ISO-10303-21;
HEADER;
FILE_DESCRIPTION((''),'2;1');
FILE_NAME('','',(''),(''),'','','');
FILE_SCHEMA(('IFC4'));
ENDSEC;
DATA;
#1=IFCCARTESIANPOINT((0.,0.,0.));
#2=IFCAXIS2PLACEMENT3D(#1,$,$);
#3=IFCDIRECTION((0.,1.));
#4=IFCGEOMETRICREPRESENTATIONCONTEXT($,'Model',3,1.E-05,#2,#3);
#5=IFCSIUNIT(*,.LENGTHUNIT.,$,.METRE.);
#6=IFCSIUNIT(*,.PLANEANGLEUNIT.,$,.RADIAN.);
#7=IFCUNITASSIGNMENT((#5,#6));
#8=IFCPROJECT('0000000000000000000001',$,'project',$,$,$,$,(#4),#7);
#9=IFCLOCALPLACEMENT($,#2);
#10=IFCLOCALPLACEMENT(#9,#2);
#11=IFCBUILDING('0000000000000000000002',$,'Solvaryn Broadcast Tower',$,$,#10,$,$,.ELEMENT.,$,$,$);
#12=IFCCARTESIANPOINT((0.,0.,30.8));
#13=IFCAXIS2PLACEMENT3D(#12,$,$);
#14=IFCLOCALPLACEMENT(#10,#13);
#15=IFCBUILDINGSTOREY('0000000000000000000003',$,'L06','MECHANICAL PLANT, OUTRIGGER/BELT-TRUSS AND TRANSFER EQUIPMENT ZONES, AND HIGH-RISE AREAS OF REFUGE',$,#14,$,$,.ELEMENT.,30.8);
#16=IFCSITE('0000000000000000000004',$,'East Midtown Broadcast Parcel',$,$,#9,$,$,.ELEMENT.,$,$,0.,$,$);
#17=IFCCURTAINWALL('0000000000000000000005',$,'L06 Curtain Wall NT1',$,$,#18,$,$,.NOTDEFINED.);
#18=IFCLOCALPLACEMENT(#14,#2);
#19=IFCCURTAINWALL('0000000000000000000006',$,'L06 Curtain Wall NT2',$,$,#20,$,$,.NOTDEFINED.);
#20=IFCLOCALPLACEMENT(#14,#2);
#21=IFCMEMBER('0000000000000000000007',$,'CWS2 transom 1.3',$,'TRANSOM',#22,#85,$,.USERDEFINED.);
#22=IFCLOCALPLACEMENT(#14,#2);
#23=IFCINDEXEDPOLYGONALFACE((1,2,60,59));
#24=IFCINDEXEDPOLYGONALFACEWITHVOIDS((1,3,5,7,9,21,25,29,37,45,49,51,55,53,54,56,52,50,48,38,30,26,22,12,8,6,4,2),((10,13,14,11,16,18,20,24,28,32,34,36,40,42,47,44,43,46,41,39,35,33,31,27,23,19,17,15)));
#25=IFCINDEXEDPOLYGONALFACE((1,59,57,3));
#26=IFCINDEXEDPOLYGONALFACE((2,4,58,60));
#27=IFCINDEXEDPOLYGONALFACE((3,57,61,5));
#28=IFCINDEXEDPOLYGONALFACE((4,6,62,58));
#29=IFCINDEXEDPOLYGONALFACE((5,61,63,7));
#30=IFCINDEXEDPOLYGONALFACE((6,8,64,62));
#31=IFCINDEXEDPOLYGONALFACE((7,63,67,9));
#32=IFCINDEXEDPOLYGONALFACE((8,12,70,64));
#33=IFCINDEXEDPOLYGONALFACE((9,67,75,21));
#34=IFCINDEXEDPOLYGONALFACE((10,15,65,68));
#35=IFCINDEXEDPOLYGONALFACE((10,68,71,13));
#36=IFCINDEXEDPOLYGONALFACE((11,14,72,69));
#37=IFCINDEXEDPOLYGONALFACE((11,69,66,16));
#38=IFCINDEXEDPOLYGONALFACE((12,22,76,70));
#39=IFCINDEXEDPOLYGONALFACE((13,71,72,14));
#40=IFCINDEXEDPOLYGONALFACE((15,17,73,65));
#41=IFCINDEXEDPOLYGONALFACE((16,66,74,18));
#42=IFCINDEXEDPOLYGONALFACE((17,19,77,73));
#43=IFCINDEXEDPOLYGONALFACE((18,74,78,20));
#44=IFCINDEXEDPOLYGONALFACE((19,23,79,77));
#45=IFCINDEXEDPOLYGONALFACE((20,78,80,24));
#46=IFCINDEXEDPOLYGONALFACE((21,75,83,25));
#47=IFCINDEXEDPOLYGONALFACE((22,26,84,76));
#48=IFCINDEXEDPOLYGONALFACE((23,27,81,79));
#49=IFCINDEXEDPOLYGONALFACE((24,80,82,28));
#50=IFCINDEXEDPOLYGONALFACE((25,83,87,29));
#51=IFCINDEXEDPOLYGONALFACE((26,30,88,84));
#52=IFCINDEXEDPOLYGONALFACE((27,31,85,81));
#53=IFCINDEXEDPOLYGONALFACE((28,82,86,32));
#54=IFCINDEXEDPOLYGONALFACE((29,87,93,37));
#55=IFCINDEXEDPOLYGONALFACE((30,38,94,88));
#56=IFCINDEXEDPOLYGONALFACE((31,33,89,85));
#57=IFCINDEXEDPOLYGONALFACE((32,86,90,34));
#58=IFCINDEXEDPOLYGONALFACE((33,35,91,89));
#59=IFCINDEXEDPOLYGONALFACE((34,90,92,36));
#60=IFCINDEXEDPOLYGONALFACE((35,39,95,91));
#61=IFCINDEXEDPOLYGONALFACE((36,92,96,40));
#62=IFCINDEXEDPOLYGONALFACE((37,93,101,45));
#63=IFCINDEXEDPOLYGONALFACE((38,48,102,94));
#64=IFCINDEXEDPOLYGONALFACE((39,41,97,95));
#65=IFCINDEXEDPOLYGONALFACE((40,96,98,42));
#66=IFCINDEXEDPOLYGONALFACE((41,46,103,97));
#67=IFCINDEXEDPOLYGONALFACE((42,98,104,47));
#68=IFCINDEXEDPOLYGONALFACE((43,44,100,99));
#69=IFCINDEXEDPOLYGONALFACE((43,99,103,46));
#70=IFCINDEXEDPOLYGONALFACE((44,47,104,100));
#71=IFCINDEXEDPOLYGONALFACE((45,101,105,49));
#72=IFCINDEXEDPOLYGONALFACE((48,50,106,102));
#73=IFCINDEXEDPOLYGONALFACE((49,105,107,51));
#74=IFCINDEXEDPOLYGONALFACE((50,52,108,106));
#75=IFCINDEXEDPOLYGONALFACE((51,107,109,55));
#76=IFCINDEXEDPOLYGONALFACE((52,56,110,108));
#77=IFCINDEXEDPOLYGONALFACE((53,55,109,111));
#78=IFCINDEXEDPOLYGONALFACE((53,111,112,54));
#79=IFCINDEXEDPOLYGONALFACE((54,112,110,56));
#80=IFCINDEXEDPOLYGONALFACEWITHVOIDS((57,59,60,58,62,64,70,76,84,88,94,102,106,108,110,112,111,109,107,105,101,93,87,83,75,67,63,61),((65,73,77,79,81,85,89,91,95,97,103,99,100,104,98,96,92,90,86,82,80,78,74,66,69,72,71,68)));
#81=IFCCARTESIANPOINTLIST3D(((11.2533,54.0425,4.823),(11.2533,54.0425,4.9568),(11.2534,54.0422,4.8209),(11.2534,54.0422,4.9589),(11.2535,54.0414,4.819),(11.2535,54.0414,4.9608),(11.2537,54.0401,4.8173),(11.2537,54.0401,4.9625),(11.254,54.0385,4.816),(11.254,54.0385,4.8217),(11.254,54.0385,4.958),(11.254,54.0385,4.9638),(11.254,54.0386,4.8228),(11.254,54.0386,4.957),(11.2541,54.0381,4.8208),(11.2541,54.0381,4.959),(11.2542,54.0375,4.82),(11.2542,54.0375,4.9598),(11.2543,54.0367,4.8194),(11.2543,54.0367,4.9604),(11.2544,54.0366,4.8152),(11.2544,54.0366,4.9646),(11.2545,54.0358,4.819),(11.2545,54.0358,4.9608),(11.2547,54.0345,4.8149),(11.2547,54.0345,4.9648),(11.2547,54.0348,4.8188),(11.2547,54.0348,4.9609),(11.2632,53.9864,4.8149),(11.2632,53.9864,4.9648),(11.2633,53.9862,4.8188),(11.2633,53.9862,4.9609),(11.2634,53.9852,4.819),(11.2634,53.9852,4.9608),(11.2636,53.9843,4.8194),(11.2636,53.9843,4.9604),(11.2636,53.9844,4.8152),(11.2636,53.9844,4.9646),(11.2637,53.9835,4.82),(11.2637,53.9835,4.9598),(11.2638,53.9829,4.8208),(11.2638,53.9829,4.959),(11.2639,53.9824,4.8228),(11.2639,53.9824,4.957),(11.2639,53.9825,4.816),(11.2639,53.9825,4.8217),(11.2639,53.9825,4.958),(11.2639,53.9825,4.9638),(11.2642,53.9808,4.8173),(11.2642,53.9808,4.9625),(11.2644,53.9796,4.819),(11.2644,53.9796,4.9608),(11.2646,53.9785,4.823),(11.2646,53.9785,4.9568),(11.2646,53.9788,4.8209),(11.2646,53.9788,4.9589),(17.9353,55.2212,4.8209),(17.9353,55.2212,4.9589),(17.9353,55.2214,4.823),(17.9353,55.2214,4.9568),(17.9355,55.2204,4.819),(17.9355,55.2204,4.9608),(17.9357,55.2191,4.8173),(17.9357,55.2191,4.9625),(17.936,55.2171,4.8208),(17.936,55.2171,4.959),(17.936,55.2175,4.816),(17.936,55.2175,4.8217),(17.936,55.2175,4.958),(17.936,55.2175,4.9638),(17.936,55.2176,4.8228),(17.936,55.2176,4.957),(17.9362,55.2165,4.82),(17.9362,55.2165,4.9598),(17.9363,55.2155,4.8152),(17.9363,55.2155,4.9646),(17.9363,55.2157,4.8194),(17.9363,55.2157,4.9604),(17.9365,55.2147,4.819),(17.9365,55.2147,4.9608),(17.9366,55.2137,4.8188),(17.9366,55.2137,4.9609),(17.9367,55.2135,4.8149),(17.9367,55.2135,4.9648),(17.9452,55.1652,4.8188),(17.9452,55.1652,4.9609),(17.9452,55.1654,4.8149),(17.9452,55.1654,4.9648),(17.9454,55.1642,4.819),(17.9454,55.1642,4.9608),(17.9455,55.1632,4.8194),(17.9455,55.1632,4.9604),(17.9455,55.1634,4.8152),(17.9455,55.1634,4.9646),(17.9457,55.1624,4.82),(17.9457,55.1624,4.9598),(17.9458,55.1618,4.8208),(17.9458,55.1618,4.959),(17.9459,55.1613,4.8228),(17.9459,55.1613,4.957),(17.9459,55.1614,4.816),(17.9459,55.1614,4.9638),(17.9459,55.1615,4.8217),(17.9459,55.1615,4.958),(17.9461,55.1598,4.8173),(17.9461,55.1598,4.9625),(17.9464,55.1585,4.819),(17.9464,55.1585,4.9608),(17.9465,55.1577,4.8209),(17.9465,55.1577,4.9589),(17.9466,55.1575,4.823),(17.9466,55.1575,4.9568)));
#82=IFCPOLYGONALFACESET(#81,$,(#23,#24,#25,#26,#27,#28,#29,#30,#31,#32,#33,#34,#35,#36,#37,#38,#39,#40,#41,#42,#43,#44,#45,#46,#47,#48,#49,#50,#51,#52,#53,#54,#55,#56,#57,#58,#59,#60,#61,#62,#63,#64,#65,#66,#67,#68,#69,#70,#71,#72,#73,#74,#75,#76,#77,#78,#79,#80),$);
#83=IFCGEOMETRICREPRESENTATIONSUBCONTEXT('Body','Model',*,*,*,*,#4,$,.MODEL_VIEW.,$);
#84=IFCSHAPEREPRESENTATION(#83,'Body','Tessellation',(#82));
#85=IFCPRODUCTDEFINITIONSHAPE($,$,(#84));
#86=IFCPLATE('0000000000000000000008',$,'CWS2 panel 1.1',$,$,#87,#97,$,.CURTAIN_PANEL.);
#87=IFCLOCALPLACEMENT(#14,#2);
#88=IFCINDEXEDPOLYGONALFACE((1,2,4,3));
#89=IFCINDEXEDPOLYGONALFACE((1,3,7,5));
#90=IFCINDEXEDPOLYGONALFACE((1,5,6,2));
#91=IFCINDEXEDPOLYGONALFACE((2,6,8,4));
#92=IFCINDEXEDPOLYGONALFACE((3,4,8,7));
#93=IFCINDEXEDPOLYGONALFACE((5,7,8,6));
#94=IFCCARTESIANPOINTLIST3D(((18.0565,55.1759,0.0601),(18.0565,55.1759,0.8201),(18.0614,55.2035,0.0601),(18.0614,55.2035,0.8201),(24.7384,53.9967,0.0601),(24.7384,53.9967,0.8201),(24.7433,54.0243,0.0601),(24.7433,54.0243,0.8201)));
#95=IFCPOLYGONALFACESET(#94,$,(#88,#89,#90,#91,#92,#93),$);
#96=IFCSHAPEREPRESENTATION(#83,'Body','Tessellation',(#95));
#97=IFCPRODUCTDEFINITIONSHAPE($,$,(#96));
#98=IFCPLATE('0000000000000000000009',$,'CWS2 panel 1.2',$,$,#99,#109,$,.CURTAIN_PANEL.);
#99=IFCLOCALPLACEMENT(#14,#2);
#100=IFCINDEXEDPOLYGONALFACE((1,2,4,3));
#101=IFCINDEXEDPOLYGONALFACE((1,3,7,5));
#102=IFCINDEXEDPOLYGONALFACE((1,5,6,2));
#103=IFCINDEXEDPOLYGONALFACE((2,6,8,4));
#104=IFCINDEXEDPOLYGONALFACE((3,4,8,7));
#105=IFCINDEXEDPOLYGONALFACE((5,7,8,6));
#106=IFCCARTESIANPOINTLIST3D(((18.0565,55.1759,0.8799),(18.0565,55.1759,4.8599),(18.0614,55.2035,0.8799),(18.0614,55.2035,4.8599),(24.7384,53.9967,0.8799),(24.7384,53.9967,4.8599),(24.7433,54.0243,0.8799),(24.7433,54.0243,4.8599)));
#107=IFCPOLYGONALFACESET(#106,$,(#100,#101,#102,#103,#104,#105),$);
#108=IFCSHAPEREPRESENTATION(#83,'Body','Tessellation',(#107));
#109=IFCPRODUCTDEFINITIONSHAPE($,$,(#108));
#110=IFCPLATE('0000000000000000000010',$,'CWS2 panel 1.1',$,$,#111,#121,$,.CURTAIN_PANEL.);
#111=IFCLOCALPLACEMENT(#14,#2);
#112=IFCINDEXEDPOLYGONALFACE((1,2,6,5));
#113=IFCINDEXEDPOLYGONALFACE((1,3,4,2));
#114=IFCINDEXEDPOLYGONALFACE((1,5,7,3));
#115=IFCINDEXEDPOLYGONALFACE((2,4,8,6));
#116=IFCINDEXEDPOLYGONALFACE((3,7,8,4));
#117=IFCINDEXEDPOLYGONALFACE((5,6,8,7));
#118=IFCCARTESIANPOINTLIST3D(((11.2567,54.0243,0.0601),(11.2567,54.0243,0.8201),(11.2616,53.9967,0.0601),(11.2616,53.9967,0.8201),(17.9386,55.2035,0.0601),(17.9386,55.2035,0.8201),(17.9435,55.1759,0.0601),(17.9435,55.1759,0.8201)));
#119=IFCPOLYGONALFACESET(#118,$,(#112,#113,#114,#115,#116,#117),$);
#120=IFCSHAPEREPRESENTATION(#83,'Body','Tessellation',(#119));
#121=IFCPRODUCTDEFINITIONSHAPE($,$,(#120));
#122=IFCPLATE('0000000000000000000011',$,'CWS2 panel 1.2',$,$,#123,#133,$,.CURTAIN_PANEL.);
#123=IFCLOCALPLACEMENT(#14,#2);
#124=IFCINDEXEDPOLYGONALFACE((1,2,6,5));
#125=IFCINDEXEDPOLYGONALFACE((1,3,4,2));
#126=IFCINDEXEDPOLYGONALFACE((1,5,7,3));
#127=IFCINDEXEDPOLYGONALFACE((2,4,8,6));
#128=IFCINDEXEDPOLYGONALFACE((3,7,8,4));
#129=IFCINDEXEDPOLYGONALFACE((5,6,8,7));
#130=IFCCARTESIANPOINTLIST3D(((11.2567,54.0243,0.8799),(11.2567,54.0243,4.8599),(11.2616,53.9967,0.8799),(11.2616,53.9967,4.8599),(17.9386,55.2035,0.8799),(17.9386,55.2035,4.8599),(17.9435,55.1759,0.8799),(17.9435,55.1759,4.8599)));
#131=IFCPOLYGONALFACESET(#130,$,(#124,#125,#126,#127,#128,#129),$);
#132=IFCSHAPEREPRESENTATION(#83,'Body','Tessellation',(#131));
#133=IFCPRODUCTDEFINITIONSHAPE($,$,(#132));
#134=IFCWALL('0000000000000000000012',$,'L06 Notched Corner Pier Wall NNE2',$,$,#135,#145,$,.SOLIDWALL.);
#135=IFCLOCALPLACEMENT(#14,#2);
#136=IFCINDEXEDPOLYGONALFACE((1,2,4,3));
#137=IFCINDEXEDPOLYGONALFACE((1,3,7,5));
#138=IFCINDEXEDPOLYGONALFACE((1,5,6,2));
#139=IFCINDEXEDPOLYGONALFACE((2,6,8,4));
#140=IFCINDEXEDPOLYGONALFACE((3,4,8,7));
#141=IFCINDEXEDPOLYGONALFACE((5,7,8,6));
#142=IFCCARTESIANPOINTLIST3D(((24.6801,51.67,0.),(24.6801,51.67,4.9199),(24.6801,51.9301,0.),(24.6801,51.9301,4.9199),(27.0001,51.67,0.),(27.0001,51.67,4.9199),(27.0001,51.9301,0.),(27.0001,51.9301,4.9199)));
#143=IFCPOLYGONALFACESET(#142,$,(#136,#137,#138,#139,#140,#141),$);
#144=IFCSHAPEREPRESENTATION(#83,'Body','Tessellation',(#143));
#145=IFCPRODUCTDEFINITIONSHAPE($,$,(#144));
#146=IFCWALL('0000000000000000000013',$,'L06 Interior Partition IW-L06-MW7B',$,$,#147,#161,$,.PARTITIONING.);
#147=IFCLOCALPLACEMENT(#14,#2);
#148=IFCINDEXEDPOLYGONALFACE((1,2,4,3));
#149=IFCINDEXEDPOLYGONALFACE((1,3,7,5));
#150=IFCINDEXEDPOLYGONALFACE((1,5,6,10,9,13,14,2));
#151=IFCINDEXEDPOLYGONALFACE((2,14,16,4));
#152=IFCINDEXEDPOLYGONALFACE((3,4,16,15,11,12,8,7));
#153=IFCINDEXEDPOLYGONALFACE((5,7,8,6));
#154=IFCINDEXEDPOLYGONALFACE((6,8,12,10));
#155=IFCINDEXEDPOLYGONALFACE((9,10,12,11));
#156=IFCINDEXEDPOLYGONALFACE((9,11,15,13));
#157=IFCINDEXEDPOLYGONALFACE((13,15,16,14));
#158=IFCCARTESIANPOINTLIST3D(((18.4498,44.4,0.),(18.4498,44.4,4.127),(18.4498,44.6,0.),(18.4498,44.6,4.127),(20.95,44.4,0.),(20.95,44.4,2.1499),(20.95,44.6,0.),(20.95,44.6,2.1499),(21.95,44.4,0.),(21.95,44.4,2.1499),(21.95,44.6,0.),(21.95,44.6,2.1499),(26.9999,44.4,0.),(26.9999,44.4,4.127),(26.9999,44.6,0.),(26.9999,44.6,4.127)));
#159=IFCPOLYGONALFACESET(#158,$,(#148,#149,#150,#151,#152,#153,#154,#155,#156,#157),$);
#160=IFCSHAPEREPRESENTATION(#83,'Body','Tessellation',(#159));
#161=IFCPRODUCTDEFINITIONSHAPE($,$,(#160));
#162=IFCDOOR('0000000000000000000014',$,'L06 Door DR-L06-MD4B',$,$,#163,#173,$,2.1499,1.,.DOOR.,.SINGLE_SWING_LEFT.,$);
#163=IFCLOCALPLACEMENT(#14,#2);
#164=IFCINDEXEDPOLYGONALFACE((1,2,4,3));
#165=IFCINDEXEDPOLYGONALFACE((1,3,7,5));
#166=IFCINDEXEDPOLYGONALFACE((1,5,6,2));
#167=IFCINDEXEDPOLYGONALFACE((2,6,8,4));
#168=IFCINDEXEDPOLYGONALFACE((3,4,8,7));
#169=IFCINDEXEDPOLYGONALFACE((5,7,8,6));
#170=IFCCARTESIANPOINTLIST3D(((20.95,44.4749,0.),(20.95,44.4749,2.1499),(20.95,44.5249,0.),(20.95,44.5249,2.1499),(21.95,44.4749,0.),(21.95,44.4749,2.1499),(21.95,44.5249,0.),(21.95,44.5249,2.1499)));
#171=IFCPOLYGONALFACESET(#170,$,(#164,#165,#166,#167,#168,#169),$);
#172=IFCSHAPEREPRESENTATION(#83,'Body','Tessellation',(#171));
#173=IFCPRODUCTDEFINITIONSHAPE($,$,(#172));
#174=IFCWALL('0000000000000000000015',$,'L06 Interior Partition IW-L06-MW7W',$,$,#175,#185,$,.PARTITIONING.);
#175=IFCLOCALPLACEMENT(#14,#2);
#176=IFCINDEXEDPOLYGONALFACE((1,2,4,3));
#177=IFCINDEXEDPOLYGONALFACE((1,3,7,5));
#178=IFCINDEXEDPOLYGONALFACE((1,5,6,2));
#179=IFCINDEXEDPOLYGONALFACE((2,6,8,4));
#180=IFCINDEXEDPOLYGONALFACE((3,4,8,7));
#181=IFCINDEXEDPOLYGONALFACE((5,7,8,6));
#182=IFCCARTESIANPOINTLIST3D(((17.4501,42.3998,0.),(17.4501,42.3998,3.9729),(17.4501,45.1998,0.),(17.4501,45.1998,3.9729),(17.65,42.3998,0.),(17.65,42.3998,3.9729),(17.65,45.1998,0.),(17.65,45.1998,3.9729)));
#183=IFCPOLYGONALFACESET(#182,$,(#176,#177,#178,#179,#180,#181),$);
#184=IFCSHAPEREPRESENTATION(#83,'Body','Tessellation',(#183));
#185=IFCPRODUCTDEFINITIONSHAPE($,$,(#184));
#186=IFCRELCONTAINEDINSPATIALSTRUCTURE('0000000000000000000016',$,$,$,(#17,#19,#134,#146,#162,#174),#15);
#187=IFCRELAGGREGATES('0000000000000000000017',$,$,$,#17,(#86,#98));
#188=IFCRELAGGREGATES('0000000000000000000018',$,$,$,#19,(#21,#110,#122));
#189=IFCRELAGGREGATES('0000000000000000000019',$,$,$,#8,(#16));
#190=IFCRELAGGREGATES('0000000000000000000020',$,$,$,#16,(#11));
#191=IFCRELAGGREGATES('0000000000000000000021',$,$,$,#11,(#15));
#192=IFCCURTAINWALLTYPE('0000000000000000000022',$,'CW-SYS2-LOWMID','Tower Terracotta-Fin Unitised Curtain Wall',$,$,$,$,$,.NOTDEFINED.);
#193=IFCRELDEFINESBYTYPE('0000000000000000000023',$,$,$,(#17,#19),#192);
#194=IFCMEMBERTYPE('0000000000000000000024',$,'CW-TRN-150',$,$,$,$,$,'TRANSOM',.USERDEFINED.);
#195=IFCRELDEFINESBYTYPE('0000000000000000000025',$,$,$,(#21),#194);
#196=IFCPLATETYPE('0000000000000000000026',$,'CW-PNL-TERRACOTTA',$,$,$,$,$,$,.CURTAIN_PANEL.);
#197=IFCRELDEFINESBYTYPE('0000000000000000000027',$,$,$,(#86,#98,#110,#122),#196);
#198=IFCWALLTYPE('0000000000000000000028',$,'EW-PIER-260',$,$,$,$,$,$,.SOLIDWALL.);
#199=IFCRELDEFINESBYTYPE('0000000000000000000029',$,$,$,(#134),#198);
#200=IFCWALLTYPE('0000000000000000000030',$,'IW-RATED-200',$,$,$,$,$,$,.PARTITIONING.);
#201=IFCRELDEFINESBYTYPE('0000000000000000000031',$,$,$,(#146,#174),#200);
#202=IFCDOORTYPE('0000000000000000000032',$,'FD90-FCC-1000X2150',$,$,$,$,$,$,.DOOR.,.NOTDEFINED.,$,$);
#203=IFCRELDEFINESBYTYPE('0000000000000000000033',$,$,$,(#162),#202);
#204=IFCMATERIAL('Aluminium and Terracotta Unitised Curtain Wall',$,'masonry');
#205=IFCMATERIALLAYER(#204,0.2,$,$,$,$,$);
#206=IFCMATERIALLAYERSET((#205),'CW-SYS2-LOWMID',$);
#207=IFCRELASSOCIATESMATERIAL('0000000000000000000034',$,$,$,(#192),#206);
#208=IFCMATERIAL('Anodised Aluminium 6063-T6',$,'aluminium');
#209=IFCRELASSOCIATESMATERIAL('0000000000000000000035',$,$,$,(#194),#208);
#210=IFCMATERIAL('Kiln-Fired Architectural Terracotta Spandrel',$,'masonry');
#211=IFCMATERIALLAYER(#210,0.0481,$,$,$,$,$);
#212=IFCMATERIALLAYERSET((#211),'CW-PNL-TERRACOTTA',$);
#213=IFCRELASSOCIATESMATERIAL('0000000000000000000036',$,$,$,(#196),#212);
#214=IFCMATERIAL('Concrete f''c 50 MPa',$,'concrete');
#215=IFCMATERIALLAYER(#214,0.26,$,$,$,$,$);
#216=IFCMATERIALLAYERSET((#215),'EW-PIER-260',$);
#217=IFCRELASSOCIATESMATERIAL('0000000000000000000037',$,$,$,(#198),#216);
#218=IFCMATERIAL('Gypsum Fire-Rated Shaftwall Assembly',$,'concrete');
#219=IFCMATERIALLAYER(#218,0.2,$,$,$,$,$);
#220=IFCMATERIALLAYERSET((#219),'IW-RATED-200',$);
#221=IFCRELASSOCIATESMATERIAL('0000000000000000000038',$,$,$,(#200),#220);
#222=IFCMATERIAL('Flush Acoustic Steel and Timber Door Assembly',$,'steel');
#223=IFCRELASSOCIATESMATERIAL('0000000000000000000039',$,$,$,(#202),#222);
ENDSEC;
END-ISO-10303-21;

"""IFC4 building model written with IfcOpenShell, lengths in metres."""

from ifc_helpers import new_model, si_unit, direction, frame, frame_2d, origin, origin_2d, place, context, subcontext, project, spatial, rectangle, hollow_rectangle, extrude, material, layer, layer_set, material_profile, profile_set, type_object, element, fill, aggregate, save


model = new_model("IFC4")

# Units and contexts
model_context = context("Model", 3, precision=1e-05, world=origin(), true_north=direction((0.0, 1.0)))
body_context = subcontext(model_context, "Body", "Model", "MODEL_VIEW")
ifc_project = project(units=[si_unit("LENGTHUNIT", "METRE"), si_unit("PLANEANGLEUNIT", "RADIAN")], contexts=[model_context])

# Site, building, storey
site_placement = place(None, origin())
site = spatial("IfcSite", under=ifc_project, at=site_placement, Name="East Midtown Broadcast Parcel", CompositionType="ELEMENT", RefElevation=0.0)
building_placement = place(site_placement, origin())
building = spatial("IfcBuilding", under=site, at=building_placement, Name="Solvaryn Broadcast Tower", CompositionType="ELEMENT")
storey_placement = place(building_placement, frame((0.0, 0.0, 30.8)))
storey = spatial("IfcBuildingStorey", under=building, at=storey_placement, Name="L06", Description="MECHANICAL PLANT, OUTRIGGER/BELT-TRUSS AND TRANSFER EQUIPMENT ZONES, AND HIGH-RISE AREAS OF REFUGE", CompositionType="ELEMENT", Elevation=30.8)

# Curtain walls
ifc_material_1 = material(Name="Aluminium and Terracotta Unitised Curtain Wall", Category="masonry")
ifc_layer_1 = layer(ifc_material_1, 0.2)
ifc_layer_set_1 = layer_set([ifc_layer_1], Name="CW-SYS2-LOWMID")
curtain_wall_type = type_object("IfcCurtainWallType", Name="CW-SYS2-LOWMID", Description="Tower Terracotta-Fin Unitised Curtain Wall", PredefinedType="NOTDEFINED", material=ifc_layer_set_1)
curtain_wall_1_placement = place(storey_placement, origin())
curtain_wall_1 = element("IfcCurtainWall", 1, at=curtain_wall_1_placement, inside=storey, type_object=curtain_wall_type, Name="L06 Curtain Wall NT1", PredefinedType="NOTDEFINED")
curtain_wall_2_placement = place(storey_placement, origin())
curtain_wall_2 = element("IfcCurtainWall", 2, at=curtain_wall_2_placement, inside=storey, type_object=curtain_wall_type, Name="L06 Curtain Wall NT2", PredefinedType="NOTDEFINED")

# Member
ifc_material_2 = material(Name="Anodised Aluminium 6063-T6", Category="aluminium")
ifc_material_profile_1 = material_profile(ifc_material_2, hollow_rectangle(XDim=0.0649, YDim=0.1499, WallThickness=0.0039, InnerFilletRadius=0.0039, OuterFilletRadius=0.0081, at=origin_2d()))
ifc_profile_set_1 = profile_set([ifc_material_profile_1], Name="Anodised Aluminium 6063-T6")
member_type_1 = type_object("IfcMemberType", Name="CW-TRN-150", ElementType="TRANSOM", PredefinedType="USERDEFINED", material=ifc_profile_set_1)
member_1_placement = place(storey_placement, frame((17.9409, 55.1895, 4.8899), z_axis=(-0.984789, -0.173757, 0.0), x_axis=(0.173757, -0.984789, 0.0)))
member_1 = element("IfcMember", 3, at=member_1_placement, type_object=member_type_1, Name="CWS2 transom 1.3", ObjectType="TRANSOM", PredefinedType="USERDEFINED", context=body_context, shape_type="SweptSolid", body=[
    extrude(hollow_rectangle(XDim=0.0649, YDim=0.1499, WallThickness=0.0039, InnerFilletRadius=0.0039, OuterFilletRadius=0.0081, at=origin_2d()), origin(), (0.0, 0.0, 1.0), 6.7852),
])

# Plates
ifc_material_3 = material(Name="Kiln-Fired Architectural Terracotta Spandrel", Category="masonry")
ifc_layer_2 = layer(ifc_material_3, 0.0481)
ifc_layer_set_2 = layer_set([ifc_layer_2], Name="CW-PNL-TERRACOTTA")
plate_type = type_object("IfcPlateType", Name="CW-PNL-TERRACOTTA", PredefinedType="CURTAIN_PANEL", material=ifc_layer_set_2)
plate_1_placement = place(storey_placement, frame((21.3999, 54.6001, 0.0601), z_axis=(0.0, 0.0, 1.0), x_axis=(-0.984784, 0.173785, 0.0)))
plate_1 = element("IfcPlate", 4, at=plate_1_placement, type_object=plate_type, Name="CWS2 panel 1.1", PredefinedType="CURTAIN_PANEL", context=body_context, shape_type="SweptSolid", body=[
    extrude(rectangle(XDim=6.7852, YDim=0.0281, at=origin_2d()), origin(), (0.0, 0.0, 1.0), 0.76),
])
plate_2_placement = place(storey_placement, frame((21.3999, 54.6001, 0.8799), z_axis=(0.0, 0.0, 1.0), x_axis=(-0.984784, 0.173785, 0.0)))
plate_2 = element("IfcPlate", 5, at=plate_2_placement, type_object=plate_type, Name="CWS2 panel 1.2", PredefinedType="CURTAIN_PANEL", context=body_context, shape_type="SweptSolid", body=[
    extrude(rectangle(XDim=6.7852, YDim=0.0281, at=origin_2d()), origin(), (0.0, 0.0, 1.0), 3.98),
])
aggregate(curtain_wall_1, [plate_1, plate_2])
plate_3_placement = place(storey_placement, frame((14.6001, 54.6001, 0.0601), z_axis=(0.0, 0.0, 1.0), x_axis=(-0.984784, -0.173785, 0.0)))
plate_3 = element("IfcPlate", 6, at=plate_3_placement, type_object=plate_type, Name="CWS2 panel 1.1", PredefinedType="CURTAIN_PANEL", context=body_context, shape_type="SweptSolid", body=[
    extrude(rectangle(XDim=6.7852, YDim=0.0281, at=origin_2d()), origin(), (0.0, 0.0, 1.0), 0.76),
])
plate_4_placement = place(storey_placement, frame((14.6001, 54.6001, 0.8799), z_axis=(0.0, 0.0, 1.0), x_axis=(-0.984784, -0.173785, 0.0)))
plate_4 = element("IfcPlate", 7, at=plate_4_placement, type_object=plate_type, Name="CWS2 panel 1.2", PredefinedType="CURTAIN_PANEL", context=body_context, shape_type="SweptSolid", body=[
    extrude(rectangle(XDim=6.7852, YDim=0.0281, at=origin_2d()), origin(), (0.0, 0.0, 1.0), 3.98),
])
aggregate(curtain_wall_2, [member_1, plate_3, plate_4])

# Wall
ifc_material_4 = material(Name="Concrete f'c 50 MPa", Category="concrete")
ifc_layer_3 = layer(ifc_material_4, 0.26)
ifc_layer_set_3 = layer_set([ifc_layer_3], Name="EW-PIER-260")
wall_type_1 = type_object("IfcWallType", Name="EW-PIER-260", PredefinedType="SOLIDWALL", material=ifc_layer_set_3)
wall_1_placement = place(storey_placement, frame((24.6799, 51.8, 0.0), z_axis=(0.0, 0.0, 1.0), x_axis=(1.0, 0.0, 0.0)))
element("IfcWall", 8, at=wall_1_placement, inside=storey, type_object=wall_type_1, Name="L06 Notched Corner Pier Wall NNE2", PredefinedType="SOLIDWALL", context=body_context, shape_type="SweptSolid", body=[
    extrude(rectangle(XDim=2.3201, YDim=0.26, at=frame_2d((1.1602, 0.0))), origin(), (0.0, 0.0, 1.0), 4.9199),
])

# Wall, opening, door
ifc_material_5 = material(Name="Gypsum Fire-Rated Shaftwall Assembly", Category="concrete")
ifc_layer_4 = layer(ifc_material_5, 0.2)
ifc_layer_set_4 = layer_set([ifc_layer_4], Name="IW-RATED-200")
wall_type_2 = type_object("IfcWallType", Name="IW-RATED-200", PredefinedType="PARTITIONING", material=ifc_layer_set_4)
wall_2_placement = place(storey_placement, frame((18.45, 44.5, 0.0), z_axis=(0.0, 0.0, 1.0), x_axis=(1.0, 0.0, 0.0)))
wall_2 = element("IfcWall", 9, at=wall_2_placement, inside=storey, type_object=wall_type_2, Name="L06 Interior Partition IW-L06-MW7B", PredefinedType="PARTITIONING", context=body_context, shape_type="SweptSolid", body=[
    extrude(rectangle(XDim=8.55, YDim=0.2, at=frame_2d((4.2749, 0.0))), origin(), (0.0, 0.0, 1.0), 4.127),
])
opening_1_placement = place(wall_2_placement, frame((2.5, 0.0, 0.0)))
opening_1 = element("IfcOpeningElement", 10, at=opening_1_placement, cuts=wall_2, PredefinedType="OPENING", context=body_context, shape_type="SweptSolid", body=[
    extrude(rectangle(XDim=1.0, YDim=2.1499, at=frame_2d((0.5, 1.075))), frame((0.0, 0.1101, 0.0), z_axis=(0.0, -1.0, 0.0), x_axis=(1.0, 0.0, 0.0)), (0.0, 0.0, 1.0), 0.22),
])
ifc_material_6 = material(Name="Flush Acoustic Steel and Timber Door Assembly", Category="steel")
door_type_1 = type_object("IfcDoorType", Name="FD90-FCC-1000X2150", OperationType="NOTDEFINED", PredefinedType="DOOR", material=ifc_material_6)
door_1_placement = place(opening_1_placement, origin())
door_1 = element("IfcDoor", 11, at=door_1_placement, inside=storey, type_object=door_type_1, Name="L06 Door DR-L06-MD4B", OperationType="SINGLE_SWING_LEFT", OverallHeight=2.1499, OverallWidth=1.0, PredefinedType="DOOR", context=body_context, shape_type="SweptSolid", body=[
    extrude(rectangle(XDim=1.0, YDim=2.1499, at=frame_2d((0.5, 1.075))), frame((0.0, 0.0249, 0.0), z_axis=(0.0, -1.0, 0.0), x_axis=(1.0, 0.0, 0.0)), (0.0, 0.0, 1.0), 0.05),
])
fill(opening_1, door_1)

# Wall
for number, where, z_axis, x_axis, name in (
    (12, (17.55, 42.3999, 0.0), (0.0, 0.0, 1.0), (0.0, 1.0, 0.0), "L06 Interior Partition IW-L06-MW7W"),
):
    element("IfcWall", number, at=place(storey_placement, frame(where, z_axis=z_axis, x_axis=x_axis)), inside=storey, type_object=wall_type_2, Name=name, PredefinedType="PARTITIONING", context=body_context, shape_type="SweptSolid", body=[
        extrude(rectangle(XDim=2.8, YDim=0.2, at=frame_2d((1.3999, 0.0))), origin(), (0.0, 0.0, 1.0), 3.9729),
    ])

save(model, "model.ifc")
